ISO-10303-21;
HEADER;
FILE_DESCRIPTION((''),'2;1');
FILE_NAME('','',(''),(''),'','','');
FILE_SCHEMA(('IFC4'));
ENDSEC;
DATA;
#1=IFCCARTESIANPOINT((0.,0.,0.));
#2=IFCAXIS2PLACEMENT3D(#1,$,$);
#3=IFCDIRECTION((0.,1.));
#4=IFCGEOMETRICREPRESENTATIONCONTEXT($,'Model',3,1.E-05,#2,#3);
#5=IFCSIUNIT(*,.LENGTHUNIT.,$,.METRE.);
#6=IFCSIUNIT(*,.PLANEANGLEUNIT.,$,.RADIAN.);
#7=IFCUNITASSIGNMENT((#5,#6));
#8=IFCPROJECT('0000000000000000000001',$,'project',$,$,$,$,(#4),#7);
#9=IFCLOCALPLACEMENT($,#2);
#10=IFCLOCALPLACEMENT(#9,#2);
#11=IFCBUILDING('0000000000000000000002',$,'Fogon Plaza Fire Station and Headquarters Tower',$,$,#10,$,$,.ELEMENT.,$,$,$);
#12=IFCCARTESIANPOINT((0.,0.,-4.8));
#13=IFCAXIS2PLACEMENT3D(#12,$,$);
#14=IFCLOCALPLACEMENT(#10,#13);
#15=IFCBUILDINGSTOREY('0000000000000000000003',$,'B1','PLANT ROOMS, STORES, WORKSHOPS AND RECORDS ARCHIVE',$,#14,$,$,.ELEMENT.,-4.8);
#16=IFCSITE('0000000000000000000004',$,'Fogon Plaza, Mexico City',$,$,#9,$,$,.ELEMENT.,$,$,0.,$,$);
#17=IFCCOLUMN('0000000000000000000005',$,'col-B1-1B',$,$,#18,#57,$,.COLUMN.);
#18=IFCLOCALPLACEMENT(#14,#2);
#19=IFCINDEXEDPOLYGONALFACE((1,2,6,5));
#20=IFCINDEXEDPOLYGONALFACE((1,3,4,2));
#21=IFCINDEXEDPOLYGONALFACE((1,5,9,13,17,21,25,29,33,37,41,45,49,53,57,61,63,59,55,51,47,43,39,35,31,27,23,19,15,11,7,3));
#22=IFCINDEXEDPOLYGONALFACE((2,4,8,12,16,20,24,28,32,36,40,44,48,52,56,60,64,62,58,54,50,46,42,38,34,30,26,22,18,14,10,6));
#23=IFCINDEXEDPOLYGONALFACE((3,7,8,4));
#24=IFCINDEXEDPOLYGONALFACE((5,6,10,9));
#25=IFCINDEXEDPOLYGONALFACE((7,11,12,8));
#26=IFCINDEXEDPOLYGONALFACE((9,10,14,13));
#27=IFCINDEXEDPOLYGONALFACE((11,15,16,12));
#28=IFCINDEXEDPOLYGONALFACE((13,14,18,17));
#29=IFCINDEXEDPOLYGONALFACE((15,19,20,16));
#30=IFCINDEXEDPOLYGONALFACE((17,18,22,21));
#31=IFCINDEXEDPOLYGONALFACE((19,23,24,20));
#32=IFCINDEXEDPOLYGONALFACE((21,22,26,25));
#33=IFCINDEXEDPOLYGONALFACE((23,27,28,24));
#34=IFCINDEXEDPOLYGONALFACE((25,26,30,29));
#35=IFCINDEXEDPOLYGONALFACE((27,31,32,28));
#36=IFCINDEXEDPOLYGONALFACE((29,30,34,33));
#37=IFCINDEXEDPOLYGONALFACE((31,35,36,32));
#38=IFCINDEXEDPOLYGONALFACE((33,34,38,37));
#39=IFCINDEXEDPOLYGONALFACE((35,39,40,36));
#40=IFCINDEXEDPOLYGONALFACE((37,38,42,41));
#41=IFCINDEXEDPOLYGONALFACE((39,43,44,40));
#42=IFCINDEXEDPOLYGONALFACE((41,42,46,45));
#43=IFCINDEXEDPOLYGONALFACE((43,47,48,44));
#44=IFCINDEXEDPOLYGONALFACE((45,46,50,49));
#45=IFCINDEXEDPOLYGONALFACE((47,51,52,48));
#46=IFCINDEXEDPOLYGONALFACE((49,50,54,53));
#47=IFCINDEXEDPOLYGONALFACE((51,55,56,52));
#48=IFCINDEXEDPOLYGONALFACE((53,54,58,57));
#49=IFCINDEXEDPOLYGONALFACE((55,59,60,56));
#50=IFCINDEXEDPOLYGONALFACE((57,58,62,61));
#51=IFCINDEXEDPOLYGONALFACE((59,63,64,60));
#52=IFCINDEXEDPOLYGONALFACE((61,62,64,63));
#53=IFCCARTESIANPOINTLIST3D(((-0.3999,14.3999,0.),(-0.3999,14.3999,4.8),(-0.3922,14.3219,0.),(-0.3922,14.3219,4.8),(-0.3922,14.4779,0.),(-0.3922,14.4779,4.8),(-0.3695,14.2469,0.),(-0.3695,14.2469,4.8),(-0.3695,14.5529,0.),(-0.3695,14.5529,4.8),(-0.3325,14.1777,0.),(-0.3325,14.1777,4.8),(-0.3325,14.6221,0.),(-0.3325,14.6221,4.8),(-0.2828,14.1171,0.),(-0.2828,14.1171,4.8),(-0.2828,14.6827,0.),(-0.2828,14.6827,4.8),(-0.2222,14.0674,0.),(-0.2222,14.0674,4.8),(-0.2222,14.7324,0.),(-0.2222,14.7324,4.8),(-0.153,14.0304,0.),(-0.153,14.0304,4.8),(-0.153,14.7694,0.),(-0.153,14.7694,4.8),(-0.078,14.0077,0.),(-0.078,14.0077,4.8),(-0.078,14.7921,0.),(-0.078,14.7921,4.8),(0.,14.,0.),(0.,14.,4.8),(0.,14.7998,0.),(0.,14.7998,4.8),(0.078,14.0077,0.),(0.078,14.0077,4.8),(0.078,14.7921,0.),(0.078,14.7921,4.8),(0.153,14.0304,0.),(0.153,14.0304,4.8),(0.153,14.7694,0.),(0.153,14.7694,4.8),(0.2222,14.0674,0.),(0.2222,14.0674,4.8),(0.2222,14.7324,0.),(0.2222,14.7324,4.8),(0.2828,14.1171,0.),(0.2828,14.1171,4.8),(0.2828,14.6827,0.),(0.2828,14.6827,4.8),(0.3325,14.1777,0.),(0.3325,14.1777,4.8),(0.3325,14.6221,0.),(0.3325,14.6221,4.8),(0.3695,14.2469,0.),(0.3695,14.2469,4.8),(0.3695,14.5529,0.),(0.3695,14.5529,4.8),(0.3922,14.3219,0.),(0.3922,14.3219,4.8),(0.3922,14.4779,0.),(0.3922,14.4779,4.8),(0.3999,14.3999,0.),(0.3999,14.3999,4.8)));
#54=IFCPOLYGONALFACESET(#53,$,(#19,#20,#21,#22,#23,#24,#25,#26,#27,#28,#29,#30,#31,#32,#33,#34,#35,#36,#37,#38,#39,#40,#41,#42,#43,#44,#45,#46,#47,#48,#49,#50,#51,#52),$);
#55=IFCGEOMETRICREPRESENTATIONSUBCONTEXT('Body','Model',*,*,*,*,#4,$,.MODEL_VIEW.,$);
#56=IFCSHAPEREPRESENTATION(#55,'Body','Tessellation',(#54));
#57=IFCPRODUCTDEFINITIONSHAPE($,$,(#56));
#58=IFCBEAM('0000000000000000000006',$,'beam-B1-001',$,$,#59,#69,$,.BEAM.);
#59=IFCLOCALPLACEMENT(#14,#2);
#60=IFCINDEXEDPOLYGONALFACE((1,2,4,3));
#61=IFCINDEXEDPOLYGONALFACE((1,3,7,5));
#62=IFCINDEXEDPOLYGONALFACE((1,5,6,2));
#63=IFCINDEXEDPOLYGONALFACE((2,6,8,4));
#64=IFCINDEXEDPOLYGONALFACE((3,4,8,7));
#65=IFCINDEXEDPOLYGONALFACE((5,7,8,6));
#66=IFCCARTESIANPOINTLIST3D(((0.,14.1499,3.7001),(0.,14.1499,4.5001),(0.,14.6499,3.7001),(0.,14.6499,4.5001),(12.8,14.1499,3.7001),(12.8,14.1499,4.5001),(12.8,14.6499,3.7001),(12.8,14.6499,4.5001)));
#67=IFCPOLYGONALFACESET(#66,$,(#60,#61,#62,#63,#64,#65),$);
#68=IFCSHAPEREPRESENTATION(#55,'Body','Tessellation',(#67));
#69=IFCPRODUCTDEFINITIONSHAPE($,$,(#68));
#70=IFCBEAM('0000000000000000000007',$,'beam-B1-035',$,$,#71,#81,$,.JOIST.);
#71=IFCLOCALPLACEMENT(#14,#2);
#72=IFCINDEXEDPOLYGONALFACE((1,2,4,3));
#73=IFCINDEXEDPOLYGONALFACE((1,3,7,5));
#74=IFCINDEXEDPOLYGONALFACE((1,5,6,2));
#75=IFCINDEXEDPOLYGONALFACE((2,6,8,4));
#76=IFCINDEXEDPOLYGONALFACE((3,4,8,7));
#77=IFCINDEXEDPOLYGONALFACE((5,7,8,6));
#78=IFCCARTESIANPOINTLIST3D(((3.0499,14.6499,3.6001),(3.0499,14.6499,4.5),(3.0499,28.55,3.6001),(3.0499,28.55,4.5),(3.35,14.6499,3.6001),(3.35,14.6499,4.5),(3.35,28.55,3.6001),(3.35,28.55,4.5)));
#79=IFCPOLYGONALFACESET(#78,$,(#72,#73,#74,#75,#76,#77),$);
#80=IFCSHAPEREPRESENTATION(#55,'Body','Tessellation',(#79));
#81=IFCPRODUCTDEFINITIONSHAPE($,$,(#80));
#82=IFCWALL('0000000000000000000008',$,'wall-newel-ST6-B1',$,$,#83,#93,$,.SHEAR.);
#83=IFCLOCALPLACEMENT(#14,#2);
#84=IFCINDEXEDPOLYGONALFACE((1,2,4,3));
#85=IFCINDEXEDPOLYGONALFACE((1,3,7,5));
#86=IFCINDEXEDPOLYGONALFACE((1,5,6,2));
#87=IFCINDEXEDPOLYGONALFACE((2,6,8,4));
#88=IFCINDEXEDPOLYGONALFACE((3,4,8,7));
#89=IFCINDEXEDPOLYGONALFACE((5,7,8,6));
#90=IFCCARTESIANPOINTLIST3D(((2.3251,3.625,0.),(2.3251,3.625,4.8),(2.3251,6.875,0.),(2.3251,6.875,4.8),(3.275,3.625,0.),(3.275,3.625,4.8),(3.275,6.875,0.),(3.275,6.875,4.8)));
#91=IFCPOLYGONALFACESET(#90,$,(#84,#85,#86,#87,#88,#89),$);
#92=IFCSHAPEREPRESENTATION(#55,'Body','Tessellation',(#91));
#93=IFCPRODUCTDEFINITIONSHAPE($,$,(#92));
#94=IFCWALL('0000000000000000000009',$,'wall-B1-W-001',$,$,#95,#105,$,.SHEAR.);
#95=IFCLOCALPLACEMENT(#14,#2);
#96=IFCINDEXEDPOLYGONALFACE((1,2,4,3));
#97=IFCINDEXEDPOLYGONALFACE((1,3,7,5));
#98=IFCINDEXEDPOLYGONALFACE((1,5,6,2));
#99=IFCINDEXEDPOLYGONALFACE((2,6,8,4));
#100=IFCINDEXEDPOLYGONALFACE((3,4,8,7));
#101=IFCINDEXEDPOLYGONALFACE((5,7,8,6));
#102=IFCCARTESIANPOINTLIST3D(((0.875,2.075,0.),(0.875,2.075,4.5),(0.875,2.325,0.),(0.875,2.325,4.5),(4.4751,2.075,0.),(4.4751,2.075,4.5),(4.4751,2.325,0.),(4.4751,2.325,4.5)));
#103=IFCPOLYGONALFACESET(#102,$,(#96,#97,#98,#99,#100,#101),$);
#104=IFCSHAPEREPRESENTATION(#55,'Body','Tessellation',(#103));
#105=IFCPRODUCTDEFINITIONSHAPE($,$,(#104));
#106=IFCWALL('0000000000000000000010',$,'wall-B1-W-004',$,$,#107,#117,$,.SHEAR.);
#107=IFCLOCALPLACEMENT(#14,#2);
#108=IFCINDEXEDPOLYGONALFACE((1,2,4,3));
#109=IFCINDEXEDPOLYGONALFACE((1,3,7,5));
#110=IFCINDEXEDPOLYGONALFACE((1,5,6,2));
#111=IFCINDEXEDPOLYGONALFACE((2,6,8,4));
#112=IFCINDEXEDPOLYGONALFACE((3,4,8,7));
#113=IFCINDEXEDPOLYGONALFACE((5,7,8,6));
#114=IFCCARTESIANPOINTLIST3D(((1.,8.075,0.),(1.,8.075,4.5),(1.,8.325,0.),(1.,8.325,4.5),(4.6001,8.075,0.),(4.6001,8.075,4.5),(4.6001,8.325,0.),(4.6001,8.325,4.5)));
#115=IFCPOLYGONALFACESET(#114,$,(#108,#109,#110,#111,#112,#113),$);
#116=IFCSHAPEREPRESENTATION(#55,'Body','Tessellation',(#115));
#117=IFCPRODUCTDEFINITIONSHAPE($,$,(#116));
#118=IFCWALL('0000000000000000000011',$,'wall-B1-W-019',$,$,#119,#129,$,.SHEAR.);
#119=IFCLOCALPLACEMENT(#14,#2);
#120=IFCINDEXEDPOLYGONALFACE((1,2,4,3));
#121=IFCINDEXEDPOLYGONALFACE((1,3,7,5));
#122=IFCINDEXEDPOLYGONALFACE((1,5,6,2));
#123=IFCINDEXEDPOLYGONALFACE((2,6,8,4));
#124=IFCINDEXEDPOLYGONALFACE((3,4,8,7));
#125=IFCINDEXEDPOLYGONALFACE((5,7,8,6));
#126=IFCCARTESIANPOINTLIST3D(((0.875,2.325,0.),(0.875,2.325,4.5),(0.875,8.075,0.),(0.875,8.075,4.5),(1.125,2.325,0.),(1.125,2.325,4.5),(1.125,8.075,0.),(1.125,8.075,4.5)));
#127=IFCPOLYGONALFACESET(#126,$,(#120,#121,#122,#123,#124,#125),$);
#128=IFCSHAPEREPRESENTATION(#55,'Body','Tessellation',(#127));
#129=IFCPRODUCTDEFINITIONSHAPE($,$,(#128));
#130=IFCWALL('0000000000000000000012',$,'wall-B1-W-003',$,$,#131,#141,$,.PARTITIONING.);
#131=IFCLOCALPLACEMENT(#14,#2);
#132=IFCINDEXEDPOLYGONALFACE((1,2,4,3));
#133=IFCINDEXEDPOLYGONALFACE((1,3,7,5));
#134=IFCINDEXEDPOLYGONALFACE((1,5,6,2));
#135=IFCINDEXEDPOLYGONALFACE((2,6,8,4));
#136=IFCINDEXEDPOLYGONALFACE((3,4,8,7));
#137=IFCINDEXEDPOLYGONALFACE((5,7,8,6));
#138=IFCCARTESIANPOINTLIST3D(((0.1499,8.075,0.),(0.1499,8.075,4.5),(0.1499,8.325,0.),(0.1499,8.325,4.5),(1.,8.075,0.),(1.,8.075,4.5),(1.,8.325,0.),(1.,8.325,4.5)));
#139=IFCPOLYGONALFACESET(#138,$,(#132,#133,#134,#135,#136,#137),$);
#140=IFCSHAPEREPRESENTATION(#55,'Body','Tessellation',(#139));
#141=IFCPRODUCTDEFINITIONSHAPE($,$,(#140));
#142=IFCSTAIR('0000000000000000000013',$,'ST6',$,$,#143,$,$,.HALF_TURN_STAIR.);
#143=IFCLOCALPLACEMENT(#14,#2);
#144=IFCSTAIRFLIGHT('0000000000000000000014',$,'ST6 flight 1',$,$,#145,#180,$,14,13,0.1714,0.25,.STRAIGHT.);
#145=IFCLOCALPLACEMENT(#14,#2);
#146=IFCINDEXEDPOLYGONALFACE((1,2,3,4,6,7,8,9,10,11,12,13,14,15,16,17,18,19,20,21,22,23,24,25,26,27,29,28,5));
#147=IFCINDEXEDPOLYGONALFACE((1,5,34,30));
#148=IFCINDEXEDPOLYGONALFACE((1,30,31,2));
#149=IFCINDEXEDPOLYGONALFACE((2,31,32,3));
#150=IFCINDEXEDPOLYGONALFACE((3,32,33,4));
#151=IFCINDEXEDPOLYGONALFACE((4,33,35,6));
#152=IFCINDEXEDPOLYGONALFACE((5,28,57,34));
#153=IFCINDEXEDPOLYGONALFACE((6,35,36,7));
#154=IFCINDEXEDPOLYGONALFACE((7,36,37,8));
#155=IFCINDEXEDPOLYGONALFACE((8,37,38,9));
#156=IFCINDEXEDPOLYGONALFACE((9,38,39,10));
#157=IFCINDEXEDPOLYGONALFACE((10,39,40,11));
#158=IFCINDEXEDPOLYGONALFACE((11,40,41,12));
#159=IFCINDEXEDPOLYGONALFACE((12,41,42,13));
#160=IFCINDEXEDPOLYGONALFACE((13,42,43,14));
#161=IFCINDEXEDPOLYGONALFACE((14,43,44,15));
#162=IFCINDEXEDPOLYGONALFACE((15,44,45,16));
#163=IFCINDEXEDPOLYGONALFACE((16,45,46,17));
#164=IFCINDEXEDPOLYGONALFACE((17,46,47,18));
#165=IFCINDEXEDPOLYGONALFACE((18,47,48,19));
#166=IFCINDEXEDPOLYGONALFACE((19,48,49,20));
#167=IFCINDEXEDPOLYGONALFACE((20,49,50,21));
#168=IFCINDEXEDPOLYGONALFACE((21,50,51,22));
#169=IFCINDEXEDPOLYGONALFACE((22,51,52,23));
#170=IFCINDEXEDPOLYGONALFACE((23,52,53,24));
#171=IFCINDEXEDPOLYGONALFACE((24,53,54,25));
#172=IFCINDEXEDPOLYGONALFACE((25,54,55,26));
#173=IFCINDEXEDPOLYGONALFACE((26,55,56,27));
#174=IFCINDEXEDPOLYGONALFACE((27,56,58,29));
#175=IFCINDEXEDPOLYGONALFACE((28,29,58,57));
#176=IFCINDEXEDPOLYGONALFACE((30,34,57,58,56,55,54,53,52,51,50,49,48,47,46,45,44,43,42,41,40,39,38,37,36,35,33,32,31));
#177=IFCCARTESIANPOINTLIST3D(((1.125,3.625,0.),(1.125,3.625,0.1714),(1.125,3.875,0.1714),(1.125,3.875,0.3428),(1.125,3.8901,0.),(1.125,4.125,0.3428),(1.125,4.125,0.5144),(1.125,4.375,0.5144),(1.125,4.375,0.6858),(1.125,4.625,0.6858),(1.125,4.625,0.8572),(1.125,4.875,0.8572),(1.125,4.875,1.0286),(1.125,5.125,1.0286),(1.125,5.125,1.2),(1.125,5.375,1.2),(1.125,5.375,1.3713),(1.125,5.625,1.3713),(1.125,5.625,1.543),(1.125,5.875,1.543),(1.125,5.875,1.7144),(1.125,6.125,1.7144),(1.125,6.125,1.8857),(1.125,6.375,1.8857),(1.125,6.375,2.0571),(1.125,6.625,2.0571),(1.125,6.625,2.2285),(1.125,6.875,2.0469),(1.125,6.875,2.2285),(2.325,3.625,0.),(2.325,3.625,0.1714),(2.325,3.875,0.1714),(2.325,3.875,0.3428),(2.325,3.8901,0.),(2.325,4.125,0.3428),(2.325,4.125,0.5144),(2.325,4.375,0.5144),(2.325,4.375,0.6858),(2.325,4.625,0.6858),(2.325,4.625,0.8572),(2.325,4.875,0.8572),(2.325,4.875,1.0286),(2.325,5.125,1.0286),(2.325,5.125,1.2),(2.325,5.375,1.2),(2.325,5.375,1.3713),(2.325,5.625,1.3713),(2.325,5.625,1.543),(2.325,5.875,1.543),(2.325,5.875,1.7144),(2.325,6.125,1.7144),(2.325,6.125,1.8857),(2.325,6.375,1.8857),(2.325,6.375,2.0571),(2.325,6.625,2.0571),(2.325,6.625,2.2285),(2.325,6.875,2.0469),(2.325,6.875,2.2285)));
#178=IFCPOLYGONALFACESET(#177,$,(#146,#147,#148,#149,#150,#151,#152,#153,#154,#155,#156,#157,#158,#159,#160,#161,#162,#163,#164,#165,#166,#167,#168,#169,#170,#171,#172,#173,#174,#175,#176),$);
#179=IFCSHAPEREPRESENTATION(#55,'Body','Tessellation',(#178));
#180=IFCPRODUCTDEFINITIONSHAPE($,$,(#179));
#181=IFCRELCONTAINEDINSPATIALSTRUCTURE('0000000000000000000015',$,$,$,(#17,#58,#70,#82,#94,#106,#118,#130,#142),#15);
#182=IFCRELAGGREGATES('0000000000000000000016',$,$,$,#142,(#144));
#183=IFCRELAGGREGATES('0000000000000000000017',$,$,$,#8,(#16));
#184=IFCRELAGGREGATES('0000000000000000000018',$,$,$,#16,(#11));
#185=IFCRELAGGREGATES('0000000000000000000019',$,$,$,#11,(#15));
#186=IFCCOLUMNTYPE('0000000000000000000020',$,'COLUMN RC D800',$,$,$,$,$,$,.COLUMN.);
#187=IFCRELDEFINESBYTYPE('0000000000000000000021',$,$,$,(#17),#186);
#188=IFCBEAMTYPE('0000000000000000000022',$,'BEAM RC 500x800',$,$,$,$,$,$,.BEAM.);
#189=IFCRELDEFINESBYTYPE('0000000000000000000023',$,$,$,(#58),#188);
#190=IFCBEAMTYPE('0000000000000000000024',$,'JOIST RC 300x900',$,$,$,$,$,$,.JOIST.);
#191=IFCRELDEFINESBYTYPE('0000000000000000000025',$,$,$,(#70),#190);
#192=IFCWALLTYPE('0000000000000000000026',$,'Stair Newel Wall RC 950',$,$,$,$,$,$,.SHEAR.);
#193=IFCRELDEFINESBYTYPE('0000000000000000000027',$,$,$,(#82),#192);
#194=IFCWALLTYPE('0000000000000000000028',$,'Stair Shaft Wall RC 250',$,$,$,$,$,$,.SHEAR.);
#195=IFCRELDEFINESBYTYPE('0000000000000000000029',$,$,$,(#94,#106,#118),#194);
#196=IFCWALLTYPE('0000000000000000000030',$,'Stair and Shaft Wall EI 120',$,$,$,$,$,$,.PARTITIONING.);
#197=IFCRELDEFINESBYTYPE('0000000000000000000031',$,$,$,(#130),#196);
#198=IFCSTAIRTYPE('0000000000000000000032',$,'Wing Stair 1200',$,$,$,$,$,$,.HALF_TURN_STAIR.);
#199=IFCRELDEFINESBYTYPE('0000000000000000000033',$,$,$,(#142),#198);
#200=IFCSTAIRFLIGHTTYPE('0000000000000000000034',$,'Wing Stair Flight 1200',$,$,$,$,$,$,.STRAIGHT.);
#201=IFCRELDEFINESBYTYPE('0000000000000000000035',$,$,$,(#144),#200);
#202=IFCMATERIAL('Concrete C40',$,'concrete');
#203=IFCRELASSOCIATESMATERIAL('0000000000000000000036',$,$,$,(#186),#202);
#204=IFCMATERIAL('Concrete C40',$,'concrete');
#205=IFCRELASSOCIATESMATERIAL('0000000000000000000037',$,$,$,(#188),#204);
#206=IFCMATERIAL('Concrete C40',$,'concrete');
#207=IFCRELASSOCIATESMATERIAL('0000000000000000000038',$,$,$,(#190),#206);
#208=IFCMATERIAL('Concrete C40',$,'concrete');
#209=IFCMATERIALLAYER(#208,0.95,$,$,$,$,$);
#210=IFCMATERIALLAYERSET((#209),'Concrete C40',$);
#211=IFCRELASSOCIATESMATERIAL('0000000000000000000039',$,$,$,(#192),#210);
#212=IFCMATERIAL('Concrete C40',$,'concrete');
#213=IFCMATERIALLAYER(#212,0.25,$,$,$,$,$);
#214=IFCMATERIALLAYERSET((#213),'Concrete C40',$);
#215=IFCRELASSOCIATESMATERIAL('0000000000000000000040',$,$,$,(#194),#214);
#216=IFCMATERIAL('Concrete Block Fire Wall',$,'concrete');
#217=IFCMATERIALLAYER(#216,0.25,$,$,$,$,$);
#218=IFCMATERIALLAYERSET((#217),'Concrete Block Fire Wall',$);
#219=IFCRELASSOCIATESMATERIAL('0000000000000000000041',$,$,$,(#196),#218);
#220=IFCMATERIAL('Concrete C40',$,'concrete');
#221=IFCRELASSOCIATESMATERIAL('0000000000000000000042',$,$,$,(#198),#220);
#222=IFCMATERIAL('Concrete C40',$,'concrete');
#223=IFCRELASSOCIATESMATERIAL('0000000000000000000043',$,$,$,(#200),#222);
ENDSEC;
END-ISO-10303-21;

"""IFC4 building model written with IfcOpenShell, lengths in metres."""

from ifc_helpers import new_model, si_unit, direction, frame, frame_2d, origin, origin_2d, place, context, subcontext, project, spatial, polyline, rectangle, circle, outline, extrude, material, layer, layer_set, material_profile, profile_set, type_object, element, aggregate, save


model = new_model("IFC4")

# Units and contexts
model_context = context("Model", 3, precision=1e-05, world=origin(), true_north=direction((0.0, 1.0)))
body_context = subcontext(model_context, "Body", "Model", "MODEL_VIEW")
ifc_project = project(units=[si_unit("LENGTHUNIT", "METRE"), si_unit("PLANEANGLEUNIT", "RADIAN")], contexts=[model_context])

# Site, building, storey
site_placement = place(None, origin())
site = spatial("IfcSite", under=ifc_project, at=site_placement, Name="Fogon Plaza, Mexico City", CompositionType="ELEMENT", RefElevation=0.0)
building_placement = place(site_placement, origin())
building = spatial("IfcBuilding", under=site, at=building_placement, Name="Fogon Plaza Fire Station and Headquarters Tower", CompositionType="ELEMENT")
storey_placement = place(building_placement, frame((0.0, 0.0, -4.8)))
storey = spatial("IfcBuildingStorey", under=building, at=storey_placement, Name="B1", Description="PLANT ROOMS, STORES, WORKSHOPS AND RECORDS ARCHIVE", CompositionType="ELEMENT", Elevation=-4.8)

# Column
ifc_material_1 = material(Name="Concrete C40", Category="concrete")
ifc_material_profile_1 = material_profile(ifc_material_1, circle(Radius=0.3999, at=origin_2d()), Name="RC D800")
ifc_profile_set_1 = profile_set([ifc_material_profile_1], Name="Concrete C40")
column_type = type_object("IfcColumnType", Name="COLUMN RC D800", PredefinedType="COLUMN", material=ifc_profile_set_1)
column_placement = place(storey_placement, frame((0.0, 14.3999, 0.0), z_axis=(0.0, 0.0, 1.0), x_axis=(1.0, 0.0, 0.0)))
element("IfcColumn", 1, at=column_placement, inside=storey, type_object=column_type, Name="col-B1-1B", PredefinedType="COLUMN", context=body_context, shape_type="SweptSolid", body=[
    extrude(circle(Radius=0.3999, at=origin_2d()), origin(), (0.0, 0.0, 1.0), 4.8),
])

# Beams
ifc_material_2 = material(Name="Concrete C40", Category="concrete")
ifc_material_profile_2 = material_profile(ifc_material_2, rectangle(XDim=0.5, YDim=0.8, at=origin_2d()), Name="RC 500x800")
ifc_profile_set_2 = profile_set([ifc_material_profile_2], Name="Concrete C40")
beam_type_1 = type_object("IfcBeamType", Name="BEAM RC 500x800", PredefinedType="BEAM", material=ifc_profile_set_2)
beam_1_placement = place(storey_placement, frame((0.0, 14.3999, 4.1001), z_axis=(1.0, 0.0, 0.0), x_axis=(0.0, 1.0, 0.0)))
element("IfcBeam", 2, at=beam_1_placement, inside=storey, type_object=beam_type_1, Name="beam-B1-001", PredefinedType="BEAM", context=body_context, shape_type="SweptSolid", body=[
    extrude(rectangle(XDim=0.5, YDim=0.8, at=origin_2d()), origin(), (0.0, 0.0, 1.0), 12.8),
])
ifc_material_3 = material(Name="Concrete C40", Category="concrete")
ifc_material_profile_3 = material_profile(ifc_material_3, rectangle(XDim=0.3, YDim=0.8999, at=origin_2d()), Name="RC 300x900")
ifc_profile_set_3 = profile_set([ifc_material_profile_3], Name="Concrete C40")
beam_type_2 = type_object("IfcBeamType", Name="JOIST RC 300x900", PredefinedType="JOIST", material=ifc_profile_set_3)
beam_2_placement = place(storey_placement, frame((3.2, 14.6499, 4.05), z_axis=(0.0, 1.0, 0.0), x_axis=(-1.0, 0.0, 0.0)))
element("IfcBeam", 3, at=beam_2_placement, inside=storey, type_object=beam_type_2, Name="beam-B1-035", PredefinedType="JOIST", context=body_context, shape_type="SweptSolid", body=[
    extrude(rectangle(XDim=0.3, YDim=0.8999, at=origin_2d()), origin(), (0.0, 0.0, 1.0), 13.9001),
])

# Walls
ifc_material_4 = material(Name="Concrete C40", Category="concrete")
ifc_layer_1 = layer(ifc_material_4, 0.95)
ifc_layer_set_1 = layer_set([ifc_layer_1], Name="Concrete C40")
wall_type_1 = type_object("IfcWallType", Name="Stair Newel Wall RC 950", PredefinedType="SHEAR", material=ifc_layer_set_1)
wall_1_placement = place(storey_placement, frame((2.8, 3.625, 0.0), z_axis=(0.0, 0.0, 1.0), x_axis=(0.0, 1.0, 0.0)))
element("IfcWall", 4, at=wall_1_placement, inside=storey, type_object=wall_type_1, Name="wall-newel-ST6-B1", PredefinedType="SHEAR", context=body_context, shape_type="SweptSolid", body=[
    extrude(rectangle(XDim=3.25, YDim=0.95, at=frame_2d((1.625, 0.0))), origin(), (0.0, 0.0, 1.0), 4.8),
])
ifc_material_5 = material(Name="Concrete C40", Category="concrete")
ifc_layer_2 = layer(ifc_material_5, 0.25)
ifc_layer_set_2 = layer_set([ifc_layer_2], Name="Concrete C40")
wall_type_2 = type_object("IfcWallType", Name="Stair Shaft Wall RC 250", PredefinedType="SHEAR", material=ifc_layer_set_2)
for number, where, z_axis, x_axis, name in (
    (5, (0.875, 2.2, 0.0), (0.0, 0.0, 1.0), (1.0, 0.0, 0.0), "wall-B1-W-001"),
    (6, (1.0, 8.2, 0.0), (0.0, 0.0, 1.0), (1.0, 0.0, 0.0), "wall-B1-W-004"),
):
    element("IfcWall", number, at=place(storey_placement, frame(where, z_axis=z_axis, x_axis=x_axis)), inside=storey, type_object=wall_type_2, Name=name, PredefinedType="SHEAR", context=body_context, shape_type="SweptSolid", body=[
        extrude(rectangle(XDim=3.6001, YDim=0.25, at=frame_2d((1.8, 0.0))), origin(), (0.0, 0.0, 1.0), 4.5),
    ])
wall_2_placement = place(storey_placement, frame((1.0, 2.325, 0.0), z_axis=(0.0, 0.0, 1.0), x_axis=(0.0, 1.0, 0.0)))
element("IfcWall", 7, at=wall_2_placement, inside=storey, type_object=wall_type_2, Name="wall-B1-W-019", PredefinedType="SHEAR", context=body_context, shape_type="SweptSolid", body=[
    extrude(rectangle(XDim=5.75, YDim=0.25, at=frame_2d((2.875, 0.0))), origin(), (0.0, 0.0, 1.0), 4.5),
])
ifc_material_6 = material(Name="Concrete Block Fire Wall", Category="concrete")
ifc_layer_3 = layer(ifc_material_6, 0.25)
ifc_layer_set_3 = layer_set([ifc_layer_3], Name="Concrete Block Fire Wall")
wall_type_3 = type_object("IfcWallType", Name="Stair and Shaft Wall EI 120", PredefinedType="PARTITIONING", material=ifc_layer_set_3)
wall_3_placement = place(storey_placement, frame((0.1499, 8.2, 0.0), z_axis=(0.0, 0.0, 1.0), x_axis=(1.0, 0.0, 0.0)))
element("IfcWall", 8, at=wall_3_placement, inside=storey, type_object=wall_type_3, Name="wall-B1-W-003", PredefinedType="PARTITIONING", context=body_context, shape_type="SweptSolid", body=[
    extrude(rectangle(XDim=0.8501, YDim=0.25, at=frame_2d((0.425, 0.0))), origin(), (0.0, 0.0, 1.0), 4.5),
])

# Stair, stair flight
ifc_material_7 = material(Name="Concrete C40", Category="concrete")
stair_type = type_object("IfcStairType", Name="Wing Stair 1200", PredefinedType="HALF_TURN_STAIR", material=ifc_material_7)
stair_placement = place(storey_placement, origin())
stair = element("IfcStair", 9, at=stair_placement, inside=storey, type_object=stair_type, Name="ST6", PredefinedType="HALF_TURN_STAIR")
ifc_material_8 = material(Name="Concrete C40", Category="concrete")
stair_flight_type = type_object("IfcStairFlightType", Name="Wing Stair Flight 1200", PredefinedType="STRAIGHT", material=ifc_material_8)
stair_flight_placement = place(storey_placement, frame((1.7251, 3.625, 0.0), z_axis=(0.0, 0.0, 1.0), x_axis=(0.0, 1.0, 0.0)))
stair_flight = element("IfcStairFlight", 10, at=stair_flight_placement, type_object=stair_flight_type, Name="ST6 flight 1", NumberOfRisers=14, NumberOfTreads=13, PredefinedType="STRAIGHT", RiserHeight=0.1714, TreadLength=0.25, context=body_context, shape_type="SweptSolid", body=[
    extrude(outline(polyline([(0.0, 0.0), (0.0, 0.1714), (0.25, 0.1714), (0.25, 0.3428), (0.5, 0.3428), (0.5, 0.5144), (0.75, 0.5144), (0.75, 0.6858), (1.0, 0.6858), (1.0, 0.8572), (1.25, 0.8572), (1.25, 1.0286), (1.5, 1.0286), (1.5, 1.2), (1.75, 1.2), (1.75, 1.3713), (2.0, 1.3713), (2.0, 1.543), (2.25, 1.543), (2.25, 1.7144), (2.5, 1.7144), (2.5, 1.8857), (2.75, 1.8857), (2.75, 2.0571), (3.0, 2.0571), (3.0, 2.2285), (3.25, 2.2285), (3.25, 2.3999), (3.25, 2.0469), (0.2651, 0.0), (0.0, 0.0)])), frame((0.0, 0.6001, 0.0), z_axis=(0.0, -1.0, 0.0), x_axis=(1.0, 0.0, 0.0)), (0.0, 0.0, 1.0), 1.2),
])
aggregate(stair, [stair_flight])

save(model, "model.ifc")
